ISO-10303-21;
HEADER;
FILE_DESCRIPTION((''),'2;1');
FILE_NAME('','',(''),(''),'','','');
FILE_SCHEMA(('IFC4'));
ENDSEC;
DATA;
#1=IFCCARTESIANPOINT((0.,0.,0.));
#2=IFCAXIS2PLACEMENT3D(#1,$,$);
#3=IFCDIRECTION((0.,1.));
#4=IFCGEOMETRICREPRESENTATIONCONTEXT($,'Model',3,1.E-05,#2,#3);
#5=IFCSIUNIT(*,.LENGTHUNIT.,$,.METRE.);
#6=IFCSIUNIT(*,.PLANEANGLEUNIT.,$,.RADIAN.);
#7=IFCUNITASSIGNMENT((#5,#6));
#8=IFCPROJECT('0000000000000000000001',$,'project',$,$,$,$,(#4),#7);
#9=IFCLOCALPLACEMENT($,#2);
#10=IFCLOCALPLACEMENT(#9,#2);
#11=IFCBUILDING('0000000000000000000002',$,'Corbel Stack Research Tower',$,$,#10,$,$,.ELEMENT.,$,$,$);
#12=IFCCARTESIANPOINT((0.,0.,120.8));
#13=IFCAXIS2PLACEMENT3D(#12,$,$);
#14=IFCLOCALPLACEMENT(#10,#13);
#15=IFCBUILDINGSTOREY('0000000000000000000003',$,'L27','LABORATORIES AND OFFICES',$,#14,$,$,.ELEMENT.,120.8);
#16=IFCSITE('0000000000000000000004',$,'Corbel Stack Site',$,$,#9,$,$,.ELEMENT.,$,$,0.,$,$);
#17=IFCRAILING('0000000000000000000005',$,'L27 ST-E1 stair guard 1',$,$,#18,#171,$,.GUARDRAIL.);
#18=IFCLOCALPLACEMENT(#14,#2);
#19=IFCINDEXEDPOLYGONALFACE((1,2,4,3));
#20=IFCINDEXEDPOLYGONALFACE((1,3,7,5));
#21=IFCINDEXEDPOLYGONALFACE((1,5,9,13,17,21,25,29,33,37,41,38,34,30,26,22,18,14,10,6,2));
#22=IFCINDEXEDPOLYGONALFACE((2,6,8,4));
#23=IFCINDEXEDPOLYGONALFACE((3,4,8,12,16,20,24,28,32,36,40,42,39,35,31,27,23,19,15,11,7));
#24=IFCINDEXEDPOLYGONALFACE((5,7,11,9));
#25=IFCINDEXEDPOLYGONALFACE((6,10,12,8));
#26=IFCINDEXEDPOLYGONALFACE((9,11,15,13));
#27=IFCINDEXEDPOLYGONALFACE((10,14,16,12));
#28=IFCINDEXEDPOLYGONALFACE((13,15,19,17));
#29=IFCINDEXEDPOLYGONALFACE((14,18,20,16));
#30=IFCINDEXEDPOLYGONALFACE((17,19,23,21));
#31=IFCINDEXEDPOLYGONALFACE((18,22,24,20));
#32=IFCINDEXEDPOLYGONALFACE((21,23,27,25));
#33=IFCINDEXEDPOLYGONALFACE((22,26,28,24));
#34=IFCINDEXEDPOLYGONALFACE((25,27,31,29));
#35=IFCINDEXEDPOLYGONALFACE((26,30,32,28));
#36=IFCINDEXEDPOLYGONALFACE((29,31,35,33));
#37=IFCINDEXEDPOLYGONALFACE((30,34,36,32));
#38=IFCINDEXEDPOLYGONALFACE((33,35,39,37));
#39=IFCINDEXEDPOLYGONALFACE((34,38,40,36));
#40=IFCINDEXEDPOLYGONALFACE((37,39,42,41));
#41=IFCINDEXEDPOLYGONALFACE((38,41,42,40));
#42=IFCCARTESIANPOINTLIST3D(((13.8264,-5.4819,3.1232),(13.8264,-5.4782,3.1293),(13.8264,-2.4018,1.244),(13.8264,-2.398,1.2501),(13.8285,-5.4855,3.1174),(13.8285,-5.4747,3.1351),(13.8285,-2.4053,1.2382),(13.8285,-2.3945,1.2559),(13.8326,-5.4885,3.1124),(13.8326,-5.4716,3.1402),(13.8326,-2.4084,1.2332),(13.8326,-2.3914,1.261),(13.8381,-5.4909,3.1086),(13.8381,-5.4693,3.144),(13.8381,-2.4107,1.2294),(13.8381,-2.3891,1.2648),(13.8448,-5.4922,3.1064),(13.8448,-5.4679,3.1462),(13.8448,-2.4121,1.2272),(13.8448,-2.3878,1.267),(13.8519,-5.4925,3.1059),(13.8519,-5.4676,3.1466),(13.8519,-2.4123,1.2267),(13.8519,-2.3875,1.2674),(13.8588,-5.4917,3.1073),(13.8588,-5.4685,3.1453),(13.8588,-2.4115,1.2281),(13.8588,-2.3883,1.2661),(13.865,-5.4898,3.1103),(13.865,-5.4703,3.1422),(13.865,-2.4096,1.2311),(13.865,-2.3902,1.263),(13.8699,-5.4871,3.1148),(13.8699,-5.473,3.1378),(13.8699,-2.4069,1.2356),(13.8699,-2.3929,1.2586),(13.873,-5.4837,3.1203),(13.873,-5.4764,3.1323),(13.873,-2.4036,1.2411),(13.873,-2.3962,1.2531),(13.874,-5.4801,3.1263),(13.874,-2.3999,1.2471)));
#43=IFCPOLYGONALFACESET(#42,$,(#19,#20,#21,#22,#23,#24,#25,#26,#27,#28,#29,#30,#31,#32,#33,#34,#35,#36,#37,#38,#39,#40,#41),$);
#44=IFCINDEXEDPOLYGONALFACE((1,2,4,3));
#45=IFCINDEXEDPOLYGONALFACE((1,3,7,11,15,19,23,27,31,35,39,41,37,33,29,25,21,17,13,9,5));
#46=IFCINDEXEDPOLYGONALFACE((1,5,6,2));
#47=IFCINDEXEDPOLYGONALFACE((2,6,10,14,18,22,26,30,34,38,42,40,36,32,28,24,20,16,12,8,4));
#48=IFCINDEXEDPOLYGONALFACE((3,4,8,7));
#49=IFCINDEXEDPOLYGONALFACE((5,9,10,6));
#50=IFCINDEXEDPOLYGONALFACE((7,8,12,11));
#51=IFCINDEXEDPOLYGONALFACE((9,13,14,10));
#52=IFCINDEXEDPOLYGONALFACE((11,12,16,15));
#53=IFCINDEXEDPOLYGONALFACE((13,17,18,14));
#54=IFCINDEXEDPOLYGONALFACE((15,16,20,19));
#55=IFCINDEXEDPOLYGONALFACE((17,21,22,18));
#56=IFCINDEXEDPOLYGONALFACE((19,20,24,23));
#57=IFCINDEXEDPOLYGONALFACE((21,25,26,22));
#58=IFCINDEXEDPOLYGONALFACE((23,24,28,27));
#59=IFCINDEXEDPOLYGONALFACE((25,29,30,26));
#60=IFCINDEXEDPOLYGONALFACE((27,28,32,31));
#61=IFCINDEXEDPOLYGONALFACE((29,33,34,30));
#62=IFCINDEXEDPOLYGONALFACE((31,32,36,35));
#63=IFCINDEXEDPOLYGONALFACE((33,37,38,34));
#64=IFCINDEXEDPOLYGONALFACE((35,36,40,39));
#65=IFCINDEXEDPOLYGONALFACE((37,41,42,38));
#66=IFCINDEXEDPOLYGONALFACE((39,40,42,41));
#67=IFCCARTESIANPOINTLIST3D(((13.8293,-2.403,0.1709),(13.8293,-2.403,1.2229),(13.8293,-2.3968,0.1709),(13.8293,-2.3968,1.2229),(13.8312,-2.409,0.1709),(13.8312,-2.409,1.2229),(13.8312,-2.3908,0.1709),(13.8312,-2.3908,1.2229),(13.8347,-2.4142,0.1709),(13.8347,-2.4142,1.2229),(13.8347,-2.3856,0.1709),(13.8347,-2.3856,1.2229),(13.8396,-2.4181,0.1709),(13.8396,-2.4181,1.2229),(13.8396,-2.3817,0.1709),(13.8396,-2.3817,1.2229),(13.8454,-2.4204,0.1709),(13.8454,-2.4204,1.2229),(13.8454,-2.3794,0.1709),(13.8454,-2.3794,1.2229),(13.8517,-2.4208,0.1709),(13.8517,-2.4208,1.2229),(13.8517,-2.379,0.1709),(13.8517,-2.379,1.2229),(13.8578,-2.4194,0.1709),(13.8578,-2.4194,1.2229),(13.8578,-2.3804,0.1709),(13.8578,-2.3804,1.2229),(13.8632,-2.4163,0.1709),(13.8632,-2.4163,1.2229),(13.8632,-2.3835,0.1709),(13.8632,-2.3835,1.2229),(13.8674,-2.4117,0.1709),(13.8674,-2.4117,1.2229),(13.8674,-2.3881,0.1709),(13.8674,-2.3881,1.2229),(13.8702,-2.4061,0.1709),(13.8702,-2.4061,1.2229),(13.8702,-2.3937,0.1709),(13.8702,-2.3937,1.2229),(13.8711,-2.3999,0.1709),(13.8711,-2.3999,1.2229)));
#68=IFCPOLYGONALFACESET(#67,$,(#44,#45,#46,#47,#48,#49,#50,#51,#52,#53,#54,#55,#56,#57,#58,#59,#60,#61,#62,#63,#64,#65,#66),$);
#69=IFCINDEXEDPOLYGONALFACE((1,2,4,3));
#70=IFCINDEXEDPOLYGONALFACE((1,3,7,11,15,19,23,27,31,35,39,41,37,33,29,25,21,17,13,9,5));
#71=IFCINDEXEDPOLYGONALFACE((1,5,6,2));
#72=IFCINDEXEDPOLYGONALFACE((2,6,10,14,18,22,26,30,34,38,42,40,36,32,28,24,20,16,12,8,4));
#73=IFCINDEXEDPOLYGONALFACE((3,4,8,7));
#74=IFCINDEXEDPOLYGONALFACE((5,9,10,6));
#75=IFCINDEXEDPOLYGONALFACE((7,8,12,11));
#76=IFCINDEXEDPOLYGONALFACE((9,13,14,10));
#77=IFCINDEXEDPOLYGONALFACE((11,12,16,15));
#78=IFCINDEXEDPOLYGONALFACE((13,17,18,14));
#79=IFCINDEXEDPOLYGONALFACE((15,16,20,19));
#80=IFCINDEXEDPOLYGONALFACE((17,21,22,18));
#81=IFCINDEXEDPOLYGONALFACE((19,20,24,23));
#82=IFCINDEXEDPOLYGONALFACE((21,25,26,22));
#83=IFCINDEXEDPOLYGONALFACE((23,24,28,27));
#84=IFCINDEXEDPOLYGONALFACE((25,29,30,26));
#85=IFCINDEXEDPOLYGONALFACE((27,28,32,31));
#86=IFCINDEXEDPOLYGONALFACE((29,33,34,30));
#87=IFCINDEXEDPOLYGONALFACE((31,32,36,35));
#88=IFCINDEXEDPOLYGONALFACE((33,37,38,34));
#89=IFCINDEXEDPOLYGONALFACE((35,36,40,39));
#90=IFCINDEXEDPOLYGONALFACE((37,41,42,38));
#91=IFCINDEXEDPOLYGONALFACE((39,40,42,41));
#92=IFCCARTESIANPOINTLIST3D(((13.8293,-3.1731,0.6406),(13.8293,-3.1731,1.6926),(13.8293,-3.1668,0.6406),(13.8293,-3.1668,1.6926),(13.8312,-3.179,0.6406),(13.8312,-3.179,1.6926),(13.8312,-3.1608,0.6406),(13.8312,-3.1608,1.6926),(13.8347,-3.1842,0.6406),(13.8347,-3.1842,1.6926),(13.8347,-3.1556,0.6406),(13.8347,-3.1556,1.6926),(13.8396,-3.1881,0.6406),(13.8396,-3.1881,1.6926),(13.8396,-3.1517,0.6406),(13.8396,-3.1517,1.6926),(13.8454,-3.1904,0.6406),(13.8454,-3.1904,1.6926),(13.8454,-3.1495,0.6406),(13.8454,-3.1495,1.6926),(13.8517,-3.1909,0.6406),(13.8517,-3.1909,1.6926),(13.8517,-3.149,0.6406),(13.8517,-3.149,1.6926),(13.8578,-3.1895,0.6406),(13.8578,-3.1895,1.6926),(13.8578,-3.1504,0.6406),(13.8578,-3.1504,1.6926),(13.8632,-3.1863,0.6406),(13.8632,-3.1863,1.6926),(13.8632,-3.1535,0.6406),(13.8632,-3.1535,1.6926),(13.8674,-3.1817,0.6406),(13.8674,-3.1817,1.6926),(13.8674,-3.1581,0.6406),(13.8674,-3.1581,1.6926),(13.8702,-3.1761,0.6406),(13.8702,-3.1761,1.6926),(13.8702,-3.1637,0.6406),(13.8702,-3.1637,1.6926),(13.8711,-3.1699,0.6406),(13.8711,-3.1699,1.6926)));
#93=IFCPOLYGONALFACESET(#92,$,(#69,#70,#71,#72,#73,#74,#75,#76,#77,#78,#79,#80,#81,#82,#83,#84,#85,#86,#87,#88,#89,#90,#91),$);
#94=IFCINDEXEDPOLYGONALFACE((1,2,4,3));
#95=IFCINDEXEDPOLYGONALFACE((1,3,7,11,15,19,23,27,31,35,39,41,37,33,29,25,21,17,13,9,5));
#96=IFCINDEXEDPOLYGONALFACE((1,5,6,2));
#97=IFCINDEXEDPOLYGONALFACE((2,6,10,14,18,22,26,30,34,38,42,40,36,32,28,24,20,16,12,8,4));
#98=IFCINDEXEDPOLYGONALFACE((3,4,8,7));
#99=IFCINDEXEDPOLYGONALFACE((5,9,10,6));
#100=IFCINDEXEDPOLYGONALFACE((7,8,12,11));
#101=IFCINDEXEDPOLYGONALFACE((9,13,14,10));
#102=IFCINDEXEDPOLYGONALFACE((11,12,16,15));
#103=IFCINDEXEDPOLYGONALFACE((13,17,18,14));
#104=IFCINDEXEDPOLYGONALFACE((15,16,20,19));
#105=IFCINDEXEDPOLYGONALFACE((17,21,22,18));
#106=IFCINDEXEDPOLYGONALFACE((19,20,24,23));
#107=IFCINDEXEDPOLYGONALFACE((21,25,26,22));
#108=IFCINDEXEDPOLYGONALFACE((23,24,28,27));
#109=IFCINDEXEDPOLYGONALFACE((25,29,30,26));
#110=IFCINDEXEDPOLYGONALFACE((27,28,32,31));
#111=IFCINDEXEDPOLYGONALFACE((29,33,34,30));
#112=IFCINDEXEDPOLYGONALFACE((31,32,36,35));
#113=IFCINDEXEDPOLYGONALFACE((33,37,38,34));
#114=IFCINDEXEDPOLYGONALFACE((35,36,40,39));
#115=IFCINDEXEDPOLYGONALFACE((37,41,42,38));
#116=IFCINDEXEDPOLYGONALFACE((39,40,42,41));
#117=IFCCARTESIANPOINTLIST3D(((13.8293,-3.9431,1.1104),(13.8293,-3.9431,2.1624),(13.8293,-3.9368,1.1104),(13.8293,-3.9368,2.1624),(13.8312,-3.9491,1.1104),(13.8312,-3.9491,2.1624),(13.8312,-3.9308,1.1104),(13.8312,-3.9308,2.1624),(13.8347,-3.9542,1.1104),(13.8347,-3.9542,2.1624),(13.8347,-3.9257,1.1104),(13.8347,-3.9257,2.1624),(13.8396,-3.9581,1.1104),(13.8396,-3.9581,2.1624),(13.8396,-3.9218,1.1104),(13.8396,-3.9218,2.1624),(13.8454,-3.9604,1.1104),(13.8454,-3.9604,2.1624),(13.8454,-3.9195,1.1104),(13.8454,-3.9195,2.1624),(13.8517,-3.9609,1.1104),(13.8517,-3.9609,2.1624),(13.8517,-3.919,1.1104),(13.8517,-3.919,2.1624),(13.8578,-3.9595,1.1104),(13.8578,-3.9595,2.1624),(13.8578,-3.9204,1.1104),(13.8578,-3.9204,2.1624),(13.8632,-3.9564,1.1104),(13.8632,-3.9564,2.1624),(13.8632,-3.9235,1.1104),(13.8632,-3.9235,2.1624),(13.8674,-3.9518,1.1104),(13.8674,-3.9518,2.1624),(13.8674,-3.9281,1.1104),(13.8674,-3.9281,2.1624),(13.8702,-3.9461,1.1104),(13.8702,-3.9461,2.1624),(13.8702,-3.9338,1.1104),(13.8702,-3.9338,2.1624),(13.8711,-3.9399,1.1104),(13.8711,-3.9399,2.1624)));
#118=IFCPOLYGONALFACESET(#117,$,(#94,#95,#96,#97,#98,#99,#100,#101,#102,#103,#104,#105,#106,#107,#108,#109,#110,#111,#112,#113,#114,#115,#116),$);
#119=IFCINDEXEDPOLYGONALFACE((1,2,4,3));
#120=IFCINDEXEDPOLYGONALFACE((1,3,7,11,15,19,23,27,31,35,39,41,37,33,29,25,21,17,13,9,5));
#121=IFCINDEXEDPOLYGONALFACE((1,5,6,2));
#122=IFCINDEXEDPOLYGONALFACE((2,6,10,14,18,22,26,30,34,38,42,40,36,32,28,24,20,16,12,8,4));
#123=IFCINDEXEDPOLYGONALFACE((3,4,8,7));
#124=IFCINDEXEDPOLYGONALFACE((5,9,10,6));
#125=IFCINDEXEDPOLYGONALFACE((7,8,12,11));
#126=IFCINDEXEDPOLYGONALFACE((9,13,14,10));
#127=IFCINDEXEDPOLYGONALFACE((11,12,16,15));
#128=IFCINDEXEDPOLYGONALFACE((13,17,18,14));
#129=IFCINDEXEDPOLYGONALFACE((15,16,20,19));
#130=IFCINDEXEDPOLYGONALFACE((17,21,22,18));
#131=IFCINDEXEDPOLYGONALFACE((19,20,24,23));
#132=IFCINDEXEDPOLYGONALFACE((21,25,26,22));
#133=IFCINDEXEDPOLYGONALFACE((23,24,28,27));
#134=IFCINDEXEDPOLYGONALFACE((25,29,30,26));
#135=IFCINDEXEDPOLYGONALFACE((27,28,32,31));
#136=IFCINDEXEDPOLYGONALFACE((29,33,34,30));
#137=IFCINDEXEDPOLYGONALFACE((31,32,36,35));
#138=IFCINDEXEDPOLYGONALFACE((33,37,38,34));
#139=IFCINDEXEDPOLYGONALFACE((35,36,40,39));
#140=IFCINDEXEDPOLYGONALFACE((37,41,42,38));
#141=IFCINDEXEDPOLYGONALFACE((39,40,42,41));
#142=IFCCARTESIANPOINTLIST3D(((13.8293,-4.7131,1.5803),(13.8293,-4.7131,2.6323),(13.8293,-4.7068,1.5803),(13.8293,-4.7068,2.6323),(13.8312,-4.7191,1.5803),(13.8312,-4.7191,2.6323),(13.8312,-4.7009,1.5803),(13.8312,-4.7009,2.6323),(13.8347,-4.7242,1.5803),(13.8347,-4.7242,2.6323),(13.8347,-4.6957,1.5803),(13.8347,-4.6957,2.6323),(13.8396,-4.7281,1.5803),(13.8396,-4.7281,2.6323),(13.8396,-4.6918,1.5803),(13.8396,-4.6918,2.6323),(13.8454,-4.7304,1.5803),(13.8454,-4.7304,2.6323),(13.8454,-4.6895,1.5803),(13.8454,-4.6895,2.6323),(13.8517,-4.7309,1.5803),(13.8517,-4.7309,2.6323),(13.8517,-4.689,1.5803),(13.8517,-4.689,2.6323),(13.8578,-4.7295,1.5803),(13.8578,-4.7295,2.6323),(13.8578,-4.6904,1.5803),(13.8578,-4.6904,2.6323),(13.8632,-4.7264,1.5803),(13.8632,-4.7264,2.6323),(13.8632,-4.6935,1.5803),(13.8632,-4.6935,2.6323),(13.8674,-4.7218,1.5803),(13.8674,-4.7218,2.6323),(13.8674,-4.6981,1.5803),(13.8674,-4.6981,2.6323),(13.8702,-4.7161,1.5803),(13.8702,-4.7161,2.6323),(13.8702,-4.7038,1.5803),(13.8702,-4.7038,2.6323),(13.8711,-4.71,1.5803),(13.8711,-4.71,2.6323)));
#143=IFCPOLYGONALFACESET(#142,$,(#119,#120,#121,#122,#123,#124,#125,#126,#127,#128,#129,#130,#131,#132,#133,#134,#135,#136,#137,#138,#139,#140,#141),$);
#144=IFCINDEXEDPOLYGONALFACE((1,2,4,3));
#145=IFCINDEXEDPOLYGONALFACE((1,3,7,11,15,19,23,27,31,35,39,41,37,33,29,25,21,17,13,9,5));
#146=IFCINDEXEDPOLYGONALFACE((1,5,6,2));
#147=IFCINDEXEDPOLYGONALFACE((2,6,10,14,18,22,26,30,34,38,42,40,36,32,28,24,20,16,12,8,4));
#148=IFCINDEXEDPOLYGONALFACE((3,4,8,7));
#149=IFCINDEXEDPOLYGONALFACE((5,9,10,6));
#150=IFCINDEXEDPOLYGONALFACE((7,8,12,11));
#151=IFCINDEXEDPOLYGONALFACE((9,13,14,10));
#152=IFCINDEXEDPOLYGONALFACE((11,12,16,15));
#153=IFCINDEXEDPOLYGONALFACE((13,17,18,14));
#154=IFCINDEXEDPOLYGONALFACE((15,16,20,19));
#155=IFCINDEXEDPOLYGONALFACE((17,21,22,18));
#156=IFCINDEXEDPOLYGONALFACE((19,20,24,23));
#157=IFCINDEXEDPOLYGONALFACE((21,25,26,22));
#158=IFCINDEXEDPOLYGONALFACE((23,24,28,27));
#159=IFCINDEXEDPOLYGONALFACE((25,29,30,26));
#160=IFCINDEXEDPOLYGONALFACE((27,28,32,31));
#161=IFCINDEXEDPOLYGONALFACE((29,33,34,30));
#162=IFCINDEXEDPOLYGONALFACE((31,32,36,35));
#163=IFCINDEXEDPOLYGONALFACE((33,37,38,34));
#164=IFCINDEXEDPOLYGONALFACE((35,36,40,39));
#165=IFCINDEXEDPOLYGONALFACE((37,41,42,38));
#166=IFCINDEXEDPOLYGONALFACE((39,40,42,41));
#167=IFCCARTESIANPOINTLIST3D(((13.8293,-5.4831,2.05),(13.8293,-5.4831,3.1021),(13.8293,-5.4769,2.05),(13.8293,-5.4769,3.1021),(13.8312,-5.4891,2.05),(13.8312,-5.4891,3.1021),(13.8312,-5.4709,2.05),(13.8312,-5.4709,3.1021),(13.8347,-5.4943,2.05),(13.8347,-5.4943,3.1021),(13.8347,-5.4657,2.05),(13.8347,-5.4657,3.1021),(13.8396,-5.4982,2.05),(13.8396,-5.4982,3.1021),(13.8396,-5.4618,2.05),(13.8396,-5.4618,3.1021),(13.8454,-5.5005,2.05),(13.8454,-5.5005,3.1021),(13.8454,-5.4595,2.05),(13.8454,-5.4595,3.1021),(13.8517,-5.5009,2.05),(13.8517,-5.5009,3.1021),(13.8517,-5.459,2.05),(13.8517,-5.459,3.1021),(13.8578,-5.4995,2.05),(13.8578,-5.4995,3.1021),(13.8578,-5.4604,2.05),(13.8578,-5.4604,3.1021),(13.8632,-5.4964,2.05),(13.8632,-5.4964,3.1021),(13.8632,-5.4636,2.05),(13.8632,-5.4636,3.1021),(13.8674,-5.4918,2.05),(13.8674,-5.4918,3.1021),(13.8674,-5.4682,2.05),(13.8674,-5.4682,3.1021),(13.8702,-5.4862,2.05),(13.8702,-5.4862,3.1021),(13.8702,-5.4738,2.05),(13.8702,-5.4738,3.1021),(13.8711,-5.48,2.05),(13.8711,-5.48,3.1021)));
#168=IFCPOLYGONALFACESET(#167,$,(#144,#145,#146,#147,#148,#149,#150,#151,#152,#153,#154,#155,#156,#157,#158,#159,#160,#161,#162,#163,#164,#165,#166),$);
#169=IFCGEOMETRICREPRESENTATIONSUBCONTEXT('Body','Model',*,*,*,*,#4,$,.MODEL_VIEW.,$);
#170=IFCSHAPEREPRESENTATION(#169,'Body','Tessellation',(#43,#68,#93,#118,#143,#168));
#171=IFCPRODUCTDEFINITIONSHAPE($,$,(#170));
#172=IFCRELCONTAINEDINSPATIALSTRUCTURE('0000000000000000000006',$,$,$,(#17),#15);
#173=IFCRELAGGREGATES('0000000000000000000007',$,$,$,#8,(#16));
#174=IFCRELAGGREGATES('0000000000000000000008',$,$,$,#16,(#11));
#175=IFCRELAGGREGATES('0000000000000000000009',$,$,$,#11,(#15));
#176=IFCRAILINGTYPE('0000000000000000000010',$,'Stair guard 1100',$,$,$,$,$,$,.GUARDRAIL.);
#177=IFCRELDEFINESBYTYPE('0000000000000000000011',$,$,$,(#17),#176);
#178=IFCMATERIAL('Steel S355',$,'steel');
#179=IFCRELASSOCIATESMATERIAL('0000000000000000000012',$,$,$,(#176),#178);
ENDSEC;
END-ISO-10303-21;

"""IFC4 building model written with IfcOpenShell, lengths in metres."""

from ifc_helpers import new_model, si_unit, direction, frame, origin, origin_2d, place, context, subcontext, project, spatial, circle, extrude, material, type_object, element, save


model = new_model("IFC4")

# Units and contexts
model_context = context("Model", 3, precision=1e-05, world=origin(), true_north=direction((0.0, 1.0)))
body_context = subcontext(model_context, "Body", "Model", "MODEL_VIEW")
ifc_project = project(units=[si_unit("LENGTHUNIT", "METRE"), si_unit("PLANEANGLEUNIT", "RADIAN")], contexts=[model_context])

# Site, building, storey
site_placement = place(None, origin())
site = spatial("IfcSite", under=ifc_project, at=site_placement, Name="Corbel Stack Site", CompositionType="ELEMENT", RefElevation=0.0)
building_placement = place(site_placement, origin())
building = spatial("IfcBuilding", under=site, at=building_placement, Name="Corbel Stack Research Tower", CompositionType="ELEMENT")
storey_placement = place(building_placement, frame((0.0, 0.0, 120.8)))
storey = spatial("IfcBuildingStorey", under=building, at=storey_placement, Name="L27", Description="LABORATORIES AND OFFICES", CompositionType="ELEMENT", Elevation=120.8)

# Railing
ifc_material_1 = material(Name="Steel S355", Category="steel")
railing_type_1 = type_object("IfcRailingType", Name="Stair guard 1100", PredefinedType="GUARDRAIL", material=ifc_material_1)
railing_1_placement = place(storey_placement, frame((13.8501, -2.3999, 0.1709)))
element("IfcRailing", 1, at=railing_1_placement, inside=storey, type_object=railing_type_1, Name="L27 ST-E1 stair guard 1", PredefinedType="GUARDRAIL", context=body_context, shape_type="SweptSolid", body=[
    extrude(circle(Radius=0.0239, at=origin_2d()), frame((0.0, 0.0, 1.0762), z_axis=(0.0, -0.853666, 0.52082), x_axis=(1.0, 0.0, 0.0)), (0.0, 0.0, 1.0), 3.6082),
    extrude(circle(Radius=0.021, at=origin_2d()), origin(), (0.0, 0.0, 1.0), 1.052),
    extrude(circle(Radius=0.021, at=origin_2d()), frame((0.0, -0.77, 0.4697)), (0.0, 0.0, 1.0), 1.052),
    extrude(circle(Radius=0.021, at=origin_2d()), frame((0.0, -1.54, 0.9395)), (0.0, 0.0, 1.0), 1.052),
    extrude(circle(Radius=0.021, at=origin_2d()), frame((0.0, -2.3101, 1.4094)), (0.0, 0.0, 1.0), 1.052),
    extrude(circle(Radius=0.021, at=origin_2d()), frame((0.0, -3.0801, 1.8792)), (0.0, 0.0, 1.0), 1.052),
])

save(model, "model.ifc")
